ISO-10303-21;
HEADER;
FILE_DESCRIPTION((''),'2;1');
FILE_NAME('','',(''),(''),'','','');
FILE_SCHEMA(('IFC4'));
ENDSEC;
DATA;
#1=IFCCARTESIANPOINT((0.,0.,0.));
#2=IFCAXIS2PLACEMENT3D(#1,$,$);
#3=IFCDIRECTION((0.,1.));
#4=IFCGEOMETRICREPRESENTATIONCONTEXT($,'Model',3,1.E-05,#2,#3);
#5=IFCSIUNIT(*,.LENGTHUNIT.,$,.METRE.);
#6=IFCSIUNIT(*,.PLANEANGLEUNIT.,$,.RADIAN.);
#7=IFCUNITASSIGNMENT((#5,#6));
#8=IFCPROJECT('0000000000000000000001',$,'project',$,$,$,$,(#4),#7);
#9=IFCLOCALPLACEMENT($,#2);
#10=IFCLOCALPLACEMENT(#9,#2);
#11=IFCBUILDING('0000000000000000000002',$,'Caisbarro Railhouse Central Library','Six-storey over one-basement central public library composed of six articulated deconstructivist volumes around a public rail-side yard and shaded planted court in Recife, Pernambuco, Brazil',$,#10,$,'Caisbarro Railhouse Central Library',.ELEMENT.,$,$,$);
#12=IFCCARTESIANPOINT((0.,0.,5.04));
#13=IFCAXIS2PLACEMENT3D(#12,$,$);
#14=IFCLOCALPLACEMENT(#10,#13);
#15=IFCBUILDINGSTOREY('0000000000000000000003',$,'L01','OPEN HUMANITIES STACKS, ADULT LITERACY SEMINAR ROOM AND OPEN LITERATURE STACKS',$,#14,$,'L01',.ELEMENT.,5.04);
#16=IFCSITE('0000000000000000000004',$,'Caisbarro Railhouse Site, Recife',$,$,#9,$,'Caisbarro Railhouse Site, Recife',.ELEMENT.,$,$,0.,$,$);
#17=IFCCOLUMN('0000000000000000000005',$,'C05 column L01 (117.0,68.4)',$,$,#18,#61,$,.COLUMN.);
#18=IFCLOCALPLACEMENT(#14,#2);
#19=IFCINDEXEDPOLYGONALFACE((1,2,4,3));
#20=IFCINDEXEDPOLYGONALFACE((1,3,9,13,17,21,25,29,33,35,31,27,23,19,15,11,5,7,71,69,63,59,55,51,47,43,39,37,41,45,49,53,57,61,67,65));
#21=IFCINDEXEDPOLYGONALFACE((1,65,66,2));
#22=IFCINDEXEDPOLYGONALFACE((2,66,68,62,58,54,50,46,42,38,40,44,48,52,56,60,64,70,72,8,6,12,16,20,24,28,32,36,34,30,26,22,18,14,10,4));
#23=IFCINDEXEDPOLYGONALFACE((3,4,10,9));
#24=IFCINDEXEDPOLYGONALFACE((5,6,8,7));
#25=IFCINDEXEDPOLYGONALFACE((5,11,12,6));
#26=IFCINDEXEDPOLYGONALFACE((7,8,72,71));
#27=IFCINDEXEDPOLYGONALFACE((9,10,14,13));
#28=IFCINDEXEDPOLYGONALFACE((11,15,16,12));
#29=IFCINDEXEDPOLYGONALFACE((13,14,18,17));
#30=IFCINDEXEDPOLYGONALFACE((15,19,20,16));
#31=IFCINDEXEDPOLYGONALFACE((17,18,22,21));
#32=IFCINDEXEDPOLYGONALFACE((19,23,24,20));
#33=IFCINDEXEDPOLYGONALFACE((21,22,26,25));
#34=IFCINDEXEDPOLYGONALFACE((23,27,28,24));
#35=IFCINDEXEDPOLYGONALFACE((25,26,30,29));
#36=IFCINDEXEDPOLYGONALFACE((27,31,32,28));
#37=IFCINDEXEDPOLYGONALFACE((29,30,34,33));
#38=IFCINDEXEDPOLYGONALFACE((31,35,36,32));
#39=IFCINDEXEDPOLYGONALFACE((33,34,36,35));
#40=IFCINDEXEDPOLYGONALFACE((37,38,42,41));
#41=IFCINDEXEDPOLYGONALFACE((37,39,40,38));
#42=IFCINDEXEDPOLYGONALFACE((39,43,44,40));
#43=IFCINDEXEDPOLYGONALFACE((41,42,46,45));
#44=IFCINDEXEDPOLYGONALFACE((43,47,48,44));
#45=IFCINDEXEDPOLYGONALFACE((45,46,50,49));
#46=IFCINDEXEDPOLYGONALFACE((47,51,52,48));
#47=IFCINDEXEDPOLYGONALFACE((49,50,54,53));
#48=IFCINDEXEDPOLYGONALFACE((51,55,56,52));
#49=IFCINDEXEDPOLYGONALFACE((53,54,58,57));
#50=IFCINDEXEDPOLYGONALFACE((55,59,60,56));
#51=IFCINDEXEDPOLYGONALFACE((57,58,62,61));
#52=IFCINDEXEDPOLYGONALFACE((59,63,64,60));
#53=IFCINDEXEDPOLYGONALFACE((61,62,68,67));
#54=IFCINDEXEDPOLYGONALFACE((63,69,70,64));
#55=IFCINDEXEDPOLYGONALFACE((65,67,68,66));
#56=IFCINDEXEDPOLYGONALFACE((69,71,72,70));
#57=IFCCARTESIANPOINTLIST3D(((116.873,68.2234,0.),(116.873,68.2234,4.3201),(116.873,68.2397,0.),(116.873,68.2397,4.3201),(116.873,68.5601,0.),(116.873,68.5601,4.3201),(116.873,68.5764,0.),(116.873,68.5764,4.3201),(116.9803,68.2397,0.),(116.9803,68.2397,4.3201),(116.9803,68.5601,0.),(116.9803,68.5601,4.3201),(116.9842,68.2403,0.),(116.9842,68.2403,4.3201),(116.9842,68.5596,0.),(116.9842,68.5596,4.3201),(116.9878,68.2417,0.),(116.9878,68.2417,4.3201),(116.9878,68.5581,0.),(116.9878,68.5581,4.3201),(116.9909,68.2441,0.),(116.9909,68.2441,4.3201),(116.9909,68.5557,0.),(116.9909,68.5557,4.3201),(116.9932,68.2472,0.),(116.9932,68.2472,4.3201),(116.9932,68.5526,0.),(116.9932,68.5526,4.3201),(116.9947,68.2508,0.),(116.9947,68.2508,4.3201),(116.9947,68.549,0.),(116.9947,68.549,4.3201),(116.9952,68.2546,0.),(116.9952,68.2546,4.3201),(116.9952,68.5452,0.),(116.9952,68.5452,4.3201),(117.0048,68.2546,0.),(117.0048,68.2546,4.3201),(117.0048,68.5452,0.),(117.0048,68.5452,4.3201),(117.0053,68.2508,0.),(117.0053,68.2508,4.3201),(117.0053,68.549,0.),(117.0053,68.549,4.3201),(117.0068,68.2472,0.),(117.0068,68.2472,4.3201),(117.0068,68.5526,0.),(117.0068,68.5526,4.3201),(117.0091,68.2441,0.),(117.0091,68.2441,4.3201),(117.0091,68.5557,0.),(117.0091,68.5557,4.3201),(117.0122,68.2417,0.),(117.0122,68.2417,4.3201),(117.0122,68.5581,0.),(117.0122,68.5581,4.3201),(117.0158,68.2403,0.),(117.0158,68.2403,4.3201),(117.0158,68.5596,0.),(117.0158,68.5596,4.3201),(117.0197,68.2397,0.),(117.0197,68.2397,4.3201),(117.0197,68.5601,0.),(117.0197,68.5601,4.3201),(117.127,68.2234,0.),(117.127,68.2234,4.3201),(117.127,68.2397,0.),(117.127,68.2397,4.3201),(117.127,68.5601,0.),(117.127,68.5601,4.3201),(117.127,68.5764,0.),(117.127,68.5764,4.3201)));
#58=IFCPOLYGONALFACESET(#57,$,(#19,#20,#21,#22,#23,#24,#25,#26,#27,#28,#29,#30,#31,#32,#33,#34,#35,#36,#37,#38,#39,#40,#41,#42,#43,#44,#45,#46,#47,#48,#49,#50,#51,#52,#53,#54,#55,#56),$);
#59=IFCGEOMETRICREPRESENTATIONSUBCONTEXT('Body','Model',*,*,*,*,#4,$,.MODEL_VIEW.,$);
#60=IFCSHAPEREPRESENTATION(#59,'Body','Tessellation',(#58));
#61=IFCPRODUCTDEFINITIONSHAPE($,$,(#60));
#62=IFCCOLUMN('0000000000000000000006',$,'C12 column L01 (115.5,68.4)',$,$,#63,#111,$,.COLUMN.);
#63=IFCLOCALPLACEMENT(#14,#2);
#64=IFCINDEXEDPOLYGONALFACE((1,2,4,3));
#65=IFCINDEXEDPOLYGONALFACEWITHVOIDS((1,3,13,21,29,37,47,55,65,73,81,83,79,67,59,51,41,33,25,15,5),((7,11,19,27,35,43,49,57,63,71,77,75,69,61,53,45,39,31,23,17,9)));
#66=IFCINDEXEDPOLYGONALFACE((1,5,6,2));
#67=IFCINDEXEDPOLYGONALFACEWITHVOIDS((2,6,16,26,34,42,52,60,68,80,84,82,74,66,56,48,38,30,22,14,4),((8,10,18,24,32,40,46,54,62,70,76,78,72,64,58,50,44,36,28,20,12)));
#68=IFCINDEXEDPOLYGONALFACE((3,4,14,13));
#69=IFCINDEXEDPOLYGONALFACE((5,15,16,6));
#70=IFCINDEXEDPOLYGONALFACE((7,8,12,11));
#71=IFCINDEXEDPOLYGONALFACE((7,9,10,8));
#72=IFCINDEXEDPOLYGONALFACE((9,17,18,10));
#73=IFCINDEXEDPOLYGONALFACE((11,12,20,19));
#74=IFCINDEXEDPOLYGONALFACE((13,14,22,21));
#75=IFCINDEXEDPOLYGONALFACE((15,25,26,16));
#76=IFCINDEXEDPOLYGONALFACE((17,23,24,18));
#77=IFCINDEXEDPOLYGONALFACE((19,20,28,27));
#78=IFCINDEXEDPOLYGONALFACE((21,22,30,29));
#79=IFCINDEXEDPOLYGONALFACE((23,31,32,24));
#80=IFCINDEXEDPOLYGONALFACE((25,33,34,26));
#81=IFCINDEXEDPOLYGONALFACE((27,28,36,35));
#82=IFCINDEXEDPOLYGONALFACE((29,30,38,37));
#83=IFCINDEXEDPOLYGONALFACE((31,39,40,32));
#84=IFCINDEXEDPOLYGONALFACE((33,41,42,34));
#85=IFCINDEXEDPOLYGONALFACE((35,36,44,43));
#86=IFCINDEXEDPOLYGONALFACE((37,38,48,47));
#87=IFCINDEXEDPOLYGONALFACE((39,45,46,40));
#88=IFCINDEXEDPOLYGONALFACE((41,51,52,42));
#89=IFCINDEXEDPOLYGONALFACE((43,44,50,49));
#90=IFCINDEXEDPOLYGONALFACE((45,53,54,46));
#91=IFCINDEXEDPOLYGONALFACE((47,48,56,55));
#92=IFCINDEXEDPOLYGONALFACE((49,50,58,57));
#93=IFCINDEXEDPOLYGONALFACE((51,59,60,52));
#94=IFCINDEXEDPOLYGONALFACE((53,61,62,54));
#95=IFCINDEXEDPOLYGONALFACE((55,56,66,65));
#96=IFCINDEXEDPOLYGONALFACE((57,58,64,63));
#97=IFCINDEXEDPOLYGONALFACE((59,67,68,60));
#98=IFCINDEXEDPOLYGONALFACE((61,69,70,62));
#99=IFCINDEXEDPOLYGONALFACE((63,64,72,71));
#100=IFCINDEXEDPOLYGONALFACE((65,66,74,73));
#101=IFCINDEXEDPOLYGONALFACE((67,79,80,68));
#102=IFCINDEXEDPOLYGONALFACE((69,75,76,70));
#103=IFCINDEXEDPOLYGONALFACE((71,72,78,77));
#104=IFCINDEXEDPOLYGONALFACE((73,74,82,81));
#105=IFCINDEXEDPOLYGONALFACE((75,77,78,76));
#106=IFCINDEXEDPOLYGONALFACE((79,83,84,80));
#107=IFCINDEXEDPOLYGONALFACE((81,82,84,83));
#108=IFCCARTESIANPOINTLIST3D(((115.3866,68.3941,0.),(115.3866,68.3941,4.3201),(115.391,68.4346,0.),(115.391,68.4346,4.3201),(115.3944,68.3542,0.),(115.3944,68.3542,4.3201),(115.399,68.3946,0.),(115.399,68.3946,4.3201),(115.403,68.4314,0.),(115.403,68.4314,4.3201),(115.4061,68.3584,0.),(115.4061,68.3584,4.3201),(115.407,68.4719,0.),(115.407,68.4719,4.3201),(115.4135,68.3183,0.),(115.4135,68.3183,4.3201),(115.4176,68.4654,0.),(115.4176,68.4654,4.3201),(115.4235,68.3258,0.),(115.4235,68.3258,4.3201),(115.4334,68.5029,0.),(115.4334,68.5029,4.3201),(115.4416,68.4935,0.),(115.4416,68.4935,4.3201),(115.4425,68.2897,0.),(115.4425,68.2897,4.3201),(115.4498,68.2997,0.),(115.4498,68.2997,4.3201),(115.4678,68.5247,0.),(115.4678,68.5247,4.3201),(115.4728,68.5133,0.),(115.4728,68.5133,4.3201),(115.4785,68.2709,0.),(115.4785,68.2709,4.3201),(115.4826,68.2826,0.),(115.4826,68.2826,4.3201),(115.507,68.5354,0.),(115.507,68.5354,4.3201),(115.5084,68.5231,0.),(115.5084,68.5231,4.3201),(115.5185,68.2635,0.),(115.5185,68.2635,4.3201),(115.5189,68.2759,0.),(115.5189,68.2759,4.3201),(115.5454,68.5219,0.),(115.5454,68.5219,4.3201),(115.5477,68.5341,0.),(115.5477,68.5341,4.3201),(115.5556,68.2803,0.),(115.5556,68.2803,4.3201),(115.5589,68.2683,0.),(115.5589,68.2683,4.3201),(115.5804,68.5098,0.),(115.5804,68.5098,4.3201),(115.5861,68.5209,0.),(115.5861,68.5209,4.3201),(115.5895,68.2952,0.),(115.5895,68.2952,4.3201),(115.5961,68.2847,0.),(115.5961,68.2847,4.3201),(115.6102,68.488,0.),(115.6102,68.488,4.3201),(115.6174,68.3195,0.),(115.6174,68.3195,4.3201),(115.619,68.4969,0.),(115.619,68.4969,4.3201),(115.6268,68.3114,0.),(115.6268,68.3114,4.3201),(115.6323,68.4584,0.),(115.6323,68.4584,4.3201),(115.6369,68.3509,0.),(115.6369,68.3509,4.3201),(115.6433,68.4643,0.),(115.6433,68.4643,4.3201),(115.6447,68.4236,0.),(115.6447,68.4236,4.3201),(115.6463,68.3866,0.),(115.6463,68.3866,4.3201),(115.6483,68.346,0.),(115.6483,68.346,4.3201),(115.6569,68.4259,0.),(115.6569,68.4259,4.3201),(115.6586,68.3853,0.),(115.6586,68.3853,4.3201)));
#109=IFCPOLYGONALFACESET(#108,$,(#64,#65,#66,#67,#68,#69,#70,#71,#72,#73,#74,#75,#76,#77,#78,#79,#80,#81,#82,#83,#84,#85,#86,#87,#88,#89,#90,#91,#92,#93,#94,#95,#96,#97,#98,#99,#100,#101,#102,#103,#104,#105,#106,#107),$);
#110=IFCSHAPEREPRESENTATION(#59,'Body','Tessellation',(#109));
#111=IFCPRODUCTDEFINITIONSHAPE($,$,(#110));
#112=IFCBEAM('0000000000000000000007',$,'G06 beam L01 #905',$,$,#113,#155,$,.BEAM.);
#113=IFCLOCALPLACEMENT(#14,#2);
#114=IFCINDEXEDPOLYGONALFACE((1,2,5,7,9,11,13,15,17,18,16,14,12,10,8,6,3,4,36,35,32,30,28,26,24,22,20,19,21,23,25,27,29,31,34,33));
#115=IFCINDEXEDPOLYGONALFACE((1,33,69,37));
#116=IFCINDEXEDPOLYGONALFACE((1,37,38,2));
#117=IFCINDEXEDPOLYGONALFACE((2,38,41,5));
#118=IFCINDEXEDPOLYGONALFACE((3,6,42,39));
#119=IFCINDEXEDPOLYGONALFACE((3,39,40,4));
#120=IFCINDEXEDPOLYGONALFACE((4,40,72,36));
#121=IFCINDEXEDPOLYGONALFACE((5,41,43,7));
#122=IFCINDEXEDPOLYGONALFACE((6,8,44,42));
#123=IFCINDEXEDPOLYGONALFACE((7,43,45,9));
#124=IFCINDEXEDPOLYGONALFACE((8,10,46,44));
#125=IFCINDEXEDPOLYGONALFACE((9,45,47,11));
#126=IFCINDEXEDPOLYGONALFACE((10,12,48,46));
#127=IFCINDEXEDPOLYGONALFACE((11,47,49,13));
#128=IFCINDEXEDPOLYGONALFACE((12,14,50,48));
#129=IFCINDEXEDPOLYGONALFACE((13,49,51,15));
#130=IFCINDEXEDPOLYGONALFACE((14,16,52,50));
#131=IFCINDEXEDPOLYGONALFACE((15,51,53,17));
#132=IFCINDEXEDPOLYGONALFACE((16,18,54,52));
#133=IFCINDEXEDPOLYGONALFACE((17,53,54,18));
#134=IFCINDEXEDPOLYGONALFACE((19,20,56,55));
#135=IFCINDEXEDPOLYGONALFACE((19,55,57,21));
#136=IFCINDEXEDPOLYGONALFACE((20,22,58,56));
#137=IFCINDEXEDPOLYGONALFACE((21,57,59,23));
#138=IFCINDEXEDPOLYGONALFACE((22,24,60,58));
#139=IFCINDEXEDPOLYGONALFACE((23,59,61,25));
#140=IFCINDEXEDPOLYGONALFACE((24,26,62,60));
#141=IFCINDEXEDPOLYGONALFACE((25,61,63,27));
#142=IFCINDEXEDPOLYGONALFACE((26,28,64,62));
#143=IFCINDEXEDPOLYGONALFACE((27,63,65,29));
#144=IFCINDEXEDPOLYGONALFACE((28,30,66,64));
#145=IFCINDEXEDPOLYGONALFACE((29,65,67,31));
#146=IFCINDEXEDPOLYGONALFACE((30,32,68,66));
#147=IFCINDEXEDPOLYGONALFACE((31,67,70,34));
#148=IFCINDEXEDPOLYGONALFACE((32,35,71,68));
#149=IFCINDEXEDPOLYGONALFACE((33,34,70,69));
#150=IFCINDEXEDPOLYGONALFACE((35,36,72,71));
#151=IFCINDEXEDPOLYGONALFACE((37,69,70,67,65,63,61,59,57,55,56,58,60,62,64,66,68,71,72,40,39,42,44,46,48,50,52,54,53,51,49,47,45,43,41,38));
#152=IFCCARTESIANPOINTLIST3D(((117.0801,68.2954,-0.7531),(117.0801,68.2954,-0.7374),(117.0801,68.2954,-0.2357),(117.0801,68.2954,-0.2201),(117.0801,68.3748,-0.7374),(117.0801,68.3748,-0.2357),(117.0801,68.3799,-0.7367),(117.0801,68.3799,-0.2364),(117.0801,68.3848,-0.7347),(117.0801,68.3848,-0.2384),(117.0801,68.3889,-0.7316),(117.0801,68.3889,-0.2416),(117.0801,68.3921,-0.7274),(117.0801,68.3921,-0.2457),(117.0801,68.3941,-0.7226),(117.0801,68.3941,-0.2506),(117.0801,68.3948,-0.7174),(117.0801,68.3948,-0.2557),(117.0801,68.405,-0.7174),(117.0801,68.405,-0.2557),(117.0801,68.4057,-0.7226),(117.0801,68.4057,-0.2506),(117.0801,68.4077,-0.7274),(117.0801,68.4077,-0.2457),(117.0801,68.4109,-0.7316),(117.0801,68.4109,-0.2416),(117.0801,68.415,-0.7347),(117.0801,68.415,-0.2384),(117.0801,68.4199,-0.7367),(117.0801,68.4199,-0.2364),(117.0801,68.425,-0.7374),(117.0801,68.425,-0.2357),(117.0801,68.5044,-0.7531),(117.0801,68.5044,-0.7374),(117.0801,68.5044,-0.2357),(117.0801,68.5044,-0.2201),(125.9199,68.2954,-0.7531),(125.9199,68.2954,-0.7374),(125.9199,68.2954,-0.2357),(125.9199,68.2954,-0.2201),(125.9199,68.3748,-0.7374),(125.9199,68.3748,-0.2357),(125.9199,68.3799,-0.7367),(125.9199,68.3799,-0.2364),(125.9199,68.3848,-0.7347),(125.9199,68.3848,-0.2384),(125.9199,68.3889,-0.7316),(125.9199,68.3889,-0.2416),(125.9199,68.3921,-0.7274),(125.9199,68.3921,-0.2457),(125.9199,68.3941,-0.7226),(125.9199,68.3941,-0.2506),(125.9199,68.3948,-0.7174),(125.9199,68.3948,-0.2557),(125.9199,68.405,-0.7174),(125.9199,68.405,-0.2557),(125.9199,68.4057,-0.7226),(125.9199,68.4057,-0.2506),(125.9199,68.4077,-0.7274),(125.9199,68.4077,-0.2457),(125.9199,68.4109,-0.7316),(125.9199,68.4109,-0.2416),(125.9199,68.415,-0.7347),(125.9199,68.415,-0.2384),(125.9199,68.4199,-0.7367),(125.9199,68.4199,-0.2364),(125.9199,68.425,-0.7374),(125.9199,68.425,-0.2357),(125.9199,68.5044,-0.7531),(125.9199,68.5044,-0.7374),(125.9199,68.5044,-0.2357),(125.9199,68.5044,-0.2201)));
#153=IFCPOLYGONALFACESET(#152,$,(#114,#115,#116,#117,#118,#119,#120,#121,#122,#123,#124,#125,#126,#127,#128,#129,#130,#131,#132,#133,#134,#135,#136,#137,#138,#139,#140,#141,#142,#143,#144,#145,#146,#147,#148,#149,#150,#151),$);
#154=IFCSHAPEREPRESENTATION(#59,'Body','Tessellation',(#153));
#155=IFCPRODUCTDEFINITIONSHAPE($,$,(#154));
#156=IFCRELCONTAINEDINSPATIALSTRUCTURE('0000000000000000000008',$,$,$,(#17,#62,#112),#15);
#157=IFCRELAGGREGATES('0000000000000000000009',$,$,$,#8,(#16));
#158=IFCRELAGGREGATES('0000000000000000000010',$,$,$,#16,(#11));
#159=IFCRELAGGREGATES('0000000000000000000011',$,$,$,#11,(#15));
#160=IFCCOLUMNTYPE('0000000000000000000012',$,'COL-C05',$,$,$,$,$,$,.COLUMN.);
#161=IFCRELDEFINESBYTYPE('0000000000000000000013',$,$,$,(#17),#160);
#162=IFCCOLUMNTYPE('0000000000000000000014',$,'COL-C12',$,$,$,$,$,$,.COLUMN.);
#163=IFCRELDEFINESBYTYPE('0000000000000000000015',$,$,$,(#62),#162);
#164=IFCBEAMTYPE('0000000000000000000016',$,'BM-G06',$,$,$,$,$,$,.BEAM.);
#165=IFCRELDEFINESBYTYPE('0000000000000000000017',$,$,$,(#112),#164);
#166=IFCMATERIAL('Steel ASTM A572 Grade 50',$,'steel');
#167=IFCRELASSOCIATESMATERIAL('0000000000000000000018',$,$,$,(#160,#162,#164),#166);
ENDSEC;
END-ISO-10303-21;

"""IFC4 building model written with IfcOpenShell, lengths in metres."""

from ifc_helpers import new_model, si_unit, direction, frame, origin, origin_2d, place, context, subcontext, project, spatial, hollow_circle, i_section, extrude, material, material_profile, profile_set, type_object, element, save


model = new_model("IFC4")

# Units and contexts
model_context = context("Model", 3, precision=1e-05, world=origin(), true_north=direction((0.0, 1.0)))
body_context = subcontext(model_context, "Body", "Model", "MODEL_VIEW")
ifc_project = project(units=[si_unit("LENGTHUNIT", "METRE"), si_unit("PLANEANGLEUNIT", "RADIAN")], contexts=[model_context])

# Site, building, storey
site_placement = place(None, origin())
site = spatial("IfcSite", under=ifc_project, at=site_placement, Name="Caisbarro Railhouse Site, Recife", LongName="Caisbarro Railhouse Site, Recife", CompositionType="ELEMENT", RefElevation=0.0)
building_placement = place(site_placement, origin())
building = spatial("IfcBuilding", under=site, at=building_placement, Name="Caisbarro Railhouse Central Library", Description="Six-storey over one-basement central public library composed of six articulated deconstructivist volumes around a public rail-side yard and shaded planted court in Recife, Pernambuco, Brazil", LongName="Caisbarro Railhouse Central Library", CompositionType="ELEMENT")
storey_placement = place(building_placement, frame((0.0, 0.0, 5.04)))
storey = spatial("IfcBuildingStorey", under=building, at=storey_placement, Name="L01", Description="OPEN HUMANITIES STACKS, ADULT LITERACY SEMINAR ROOM AND OPEN LITERATURE STACKS", LongName="L01", CompositionType="ELEMENT", Elevation=5.04)

# Columns
ifc_material_1 = material(Name="Steel ASTM A572 Grade 50", Category="steel")
ifc_material_profile_1 = material_profile(ifc_material_1, i_section(OverallWidth=0.2539, OverallDepth=0.353, WebThickness=0.0095, FlangeThickness=0.0164, FilletRadius=0.0149, at=origin_2d()), Name="W360X91.0")
ifc_profile_set_1 = profile_set([ifc_material_profile_1], Name="Steel ASTM A572 Grade 50")
column_type_1 = type_object("IfcColumnType", Name="COL-C05", PredefinedType="COLUMN", material=ifc_profile_set_1)
column_1_placement = place(storey_placement, frame((117.0, 68.3999, 0.0), z_axis=(0.0, 0.0, 1.0), x_axis=(1.0, 0.0, 0.0)))
element("IfcColumn", 1, at=column_1_placement, inside=storey, type_object=column_type_1, Name="C05 column L01 (117.0,68.4)", PredefinedType="COLUMN", context=body_context, shape_type="SweptSolid", body=[
    extrude(i_section(OverallWidth=0.2539, OverallDepth=0.353, WebThickness=0.0095, FlangeThickness=0.0164, FilletRadius=0.0149, at=origin_2d()), origin(), (0.0, 0.0, 1.0), 4.3201),
])
ifc_material_profile_2 = material_profile(ifc_material_1, hollow_circle(Radius=0.1365, WallThickness=0.0125, at=origin_2d()), Name="CHS273.0X12.5")
ifc_profile_set_2 = profile_set([ifc_material_profile_2], Name="Steel ASTM A572 Grade 50")
column_type_2 = type_object("IfcColumnType", Name="COL-C12", PredefinedType="COLUMN", material=ifc_profile_set_2)
column_2_placement = place(storey_placement, frame((115.5229, 68.3999, 0.0), z_axis=(0.0, 0.0, 1.0), x_axis=(0.981627, 0.190809, 0.0)))
element("IfcColumn", 2, at=column_2_placement, inside=storey, type_object=column_type_2, Name="C12 column L01 (115.5,68.4)", PredefinedType="COLUMN", context=body_context, shape_type="SweptSolid", body=[
    extrude(hollow_circle(Radius=0.1365, WallThickness=0.0125, at=origin_2d()), origin(), (0.0, 0.0, 1.0), 4.3201),
])

# Beam
ifc_material_profile_3 = material_profile(ifc_material_1, i_section(OverallWidth=0.209, OverallDepth=0.533, WebThickness=0.0103, FlangeThickness=0.0156, FilletRadius=0.02, at=origin_2d()), Name="W530X92.0")
ifc_profile_set_3 = profile_set([ifc_material_profile_3], Name="Steel ASTM A572 Grade 50")
beam_type_1 = type_object("IfcBeamType", Name="BM-G06", PredefinedType="BEAM", material=ifc_profile_set_3)
beam_1_placement = place(storey_placement, frame((117.0801, 68.3999, -0.4866), z_axis=(1.0, 0.0, 0.0), x_axis=(0.0, 1.0, 0.0)))
element("IfcBeam", 3, at=beam_1_placement, inside=storey, type_object=beam_type_1, Name="G06 beam L01 #905", PredefinedType="BEAM", context=body_context, shape_type="SweptSolid", body=[
    extrude(i_section(OverallWidth=0.209, OverallDepth=0.533, WebThickness=0.0103, FlangeThickness=0.0156, FilletRadius=0.02, at=origin_2d()), origin(), (0.0, 0.0, 1.0), 8.8398),
])

save(model, "model.ifc")
